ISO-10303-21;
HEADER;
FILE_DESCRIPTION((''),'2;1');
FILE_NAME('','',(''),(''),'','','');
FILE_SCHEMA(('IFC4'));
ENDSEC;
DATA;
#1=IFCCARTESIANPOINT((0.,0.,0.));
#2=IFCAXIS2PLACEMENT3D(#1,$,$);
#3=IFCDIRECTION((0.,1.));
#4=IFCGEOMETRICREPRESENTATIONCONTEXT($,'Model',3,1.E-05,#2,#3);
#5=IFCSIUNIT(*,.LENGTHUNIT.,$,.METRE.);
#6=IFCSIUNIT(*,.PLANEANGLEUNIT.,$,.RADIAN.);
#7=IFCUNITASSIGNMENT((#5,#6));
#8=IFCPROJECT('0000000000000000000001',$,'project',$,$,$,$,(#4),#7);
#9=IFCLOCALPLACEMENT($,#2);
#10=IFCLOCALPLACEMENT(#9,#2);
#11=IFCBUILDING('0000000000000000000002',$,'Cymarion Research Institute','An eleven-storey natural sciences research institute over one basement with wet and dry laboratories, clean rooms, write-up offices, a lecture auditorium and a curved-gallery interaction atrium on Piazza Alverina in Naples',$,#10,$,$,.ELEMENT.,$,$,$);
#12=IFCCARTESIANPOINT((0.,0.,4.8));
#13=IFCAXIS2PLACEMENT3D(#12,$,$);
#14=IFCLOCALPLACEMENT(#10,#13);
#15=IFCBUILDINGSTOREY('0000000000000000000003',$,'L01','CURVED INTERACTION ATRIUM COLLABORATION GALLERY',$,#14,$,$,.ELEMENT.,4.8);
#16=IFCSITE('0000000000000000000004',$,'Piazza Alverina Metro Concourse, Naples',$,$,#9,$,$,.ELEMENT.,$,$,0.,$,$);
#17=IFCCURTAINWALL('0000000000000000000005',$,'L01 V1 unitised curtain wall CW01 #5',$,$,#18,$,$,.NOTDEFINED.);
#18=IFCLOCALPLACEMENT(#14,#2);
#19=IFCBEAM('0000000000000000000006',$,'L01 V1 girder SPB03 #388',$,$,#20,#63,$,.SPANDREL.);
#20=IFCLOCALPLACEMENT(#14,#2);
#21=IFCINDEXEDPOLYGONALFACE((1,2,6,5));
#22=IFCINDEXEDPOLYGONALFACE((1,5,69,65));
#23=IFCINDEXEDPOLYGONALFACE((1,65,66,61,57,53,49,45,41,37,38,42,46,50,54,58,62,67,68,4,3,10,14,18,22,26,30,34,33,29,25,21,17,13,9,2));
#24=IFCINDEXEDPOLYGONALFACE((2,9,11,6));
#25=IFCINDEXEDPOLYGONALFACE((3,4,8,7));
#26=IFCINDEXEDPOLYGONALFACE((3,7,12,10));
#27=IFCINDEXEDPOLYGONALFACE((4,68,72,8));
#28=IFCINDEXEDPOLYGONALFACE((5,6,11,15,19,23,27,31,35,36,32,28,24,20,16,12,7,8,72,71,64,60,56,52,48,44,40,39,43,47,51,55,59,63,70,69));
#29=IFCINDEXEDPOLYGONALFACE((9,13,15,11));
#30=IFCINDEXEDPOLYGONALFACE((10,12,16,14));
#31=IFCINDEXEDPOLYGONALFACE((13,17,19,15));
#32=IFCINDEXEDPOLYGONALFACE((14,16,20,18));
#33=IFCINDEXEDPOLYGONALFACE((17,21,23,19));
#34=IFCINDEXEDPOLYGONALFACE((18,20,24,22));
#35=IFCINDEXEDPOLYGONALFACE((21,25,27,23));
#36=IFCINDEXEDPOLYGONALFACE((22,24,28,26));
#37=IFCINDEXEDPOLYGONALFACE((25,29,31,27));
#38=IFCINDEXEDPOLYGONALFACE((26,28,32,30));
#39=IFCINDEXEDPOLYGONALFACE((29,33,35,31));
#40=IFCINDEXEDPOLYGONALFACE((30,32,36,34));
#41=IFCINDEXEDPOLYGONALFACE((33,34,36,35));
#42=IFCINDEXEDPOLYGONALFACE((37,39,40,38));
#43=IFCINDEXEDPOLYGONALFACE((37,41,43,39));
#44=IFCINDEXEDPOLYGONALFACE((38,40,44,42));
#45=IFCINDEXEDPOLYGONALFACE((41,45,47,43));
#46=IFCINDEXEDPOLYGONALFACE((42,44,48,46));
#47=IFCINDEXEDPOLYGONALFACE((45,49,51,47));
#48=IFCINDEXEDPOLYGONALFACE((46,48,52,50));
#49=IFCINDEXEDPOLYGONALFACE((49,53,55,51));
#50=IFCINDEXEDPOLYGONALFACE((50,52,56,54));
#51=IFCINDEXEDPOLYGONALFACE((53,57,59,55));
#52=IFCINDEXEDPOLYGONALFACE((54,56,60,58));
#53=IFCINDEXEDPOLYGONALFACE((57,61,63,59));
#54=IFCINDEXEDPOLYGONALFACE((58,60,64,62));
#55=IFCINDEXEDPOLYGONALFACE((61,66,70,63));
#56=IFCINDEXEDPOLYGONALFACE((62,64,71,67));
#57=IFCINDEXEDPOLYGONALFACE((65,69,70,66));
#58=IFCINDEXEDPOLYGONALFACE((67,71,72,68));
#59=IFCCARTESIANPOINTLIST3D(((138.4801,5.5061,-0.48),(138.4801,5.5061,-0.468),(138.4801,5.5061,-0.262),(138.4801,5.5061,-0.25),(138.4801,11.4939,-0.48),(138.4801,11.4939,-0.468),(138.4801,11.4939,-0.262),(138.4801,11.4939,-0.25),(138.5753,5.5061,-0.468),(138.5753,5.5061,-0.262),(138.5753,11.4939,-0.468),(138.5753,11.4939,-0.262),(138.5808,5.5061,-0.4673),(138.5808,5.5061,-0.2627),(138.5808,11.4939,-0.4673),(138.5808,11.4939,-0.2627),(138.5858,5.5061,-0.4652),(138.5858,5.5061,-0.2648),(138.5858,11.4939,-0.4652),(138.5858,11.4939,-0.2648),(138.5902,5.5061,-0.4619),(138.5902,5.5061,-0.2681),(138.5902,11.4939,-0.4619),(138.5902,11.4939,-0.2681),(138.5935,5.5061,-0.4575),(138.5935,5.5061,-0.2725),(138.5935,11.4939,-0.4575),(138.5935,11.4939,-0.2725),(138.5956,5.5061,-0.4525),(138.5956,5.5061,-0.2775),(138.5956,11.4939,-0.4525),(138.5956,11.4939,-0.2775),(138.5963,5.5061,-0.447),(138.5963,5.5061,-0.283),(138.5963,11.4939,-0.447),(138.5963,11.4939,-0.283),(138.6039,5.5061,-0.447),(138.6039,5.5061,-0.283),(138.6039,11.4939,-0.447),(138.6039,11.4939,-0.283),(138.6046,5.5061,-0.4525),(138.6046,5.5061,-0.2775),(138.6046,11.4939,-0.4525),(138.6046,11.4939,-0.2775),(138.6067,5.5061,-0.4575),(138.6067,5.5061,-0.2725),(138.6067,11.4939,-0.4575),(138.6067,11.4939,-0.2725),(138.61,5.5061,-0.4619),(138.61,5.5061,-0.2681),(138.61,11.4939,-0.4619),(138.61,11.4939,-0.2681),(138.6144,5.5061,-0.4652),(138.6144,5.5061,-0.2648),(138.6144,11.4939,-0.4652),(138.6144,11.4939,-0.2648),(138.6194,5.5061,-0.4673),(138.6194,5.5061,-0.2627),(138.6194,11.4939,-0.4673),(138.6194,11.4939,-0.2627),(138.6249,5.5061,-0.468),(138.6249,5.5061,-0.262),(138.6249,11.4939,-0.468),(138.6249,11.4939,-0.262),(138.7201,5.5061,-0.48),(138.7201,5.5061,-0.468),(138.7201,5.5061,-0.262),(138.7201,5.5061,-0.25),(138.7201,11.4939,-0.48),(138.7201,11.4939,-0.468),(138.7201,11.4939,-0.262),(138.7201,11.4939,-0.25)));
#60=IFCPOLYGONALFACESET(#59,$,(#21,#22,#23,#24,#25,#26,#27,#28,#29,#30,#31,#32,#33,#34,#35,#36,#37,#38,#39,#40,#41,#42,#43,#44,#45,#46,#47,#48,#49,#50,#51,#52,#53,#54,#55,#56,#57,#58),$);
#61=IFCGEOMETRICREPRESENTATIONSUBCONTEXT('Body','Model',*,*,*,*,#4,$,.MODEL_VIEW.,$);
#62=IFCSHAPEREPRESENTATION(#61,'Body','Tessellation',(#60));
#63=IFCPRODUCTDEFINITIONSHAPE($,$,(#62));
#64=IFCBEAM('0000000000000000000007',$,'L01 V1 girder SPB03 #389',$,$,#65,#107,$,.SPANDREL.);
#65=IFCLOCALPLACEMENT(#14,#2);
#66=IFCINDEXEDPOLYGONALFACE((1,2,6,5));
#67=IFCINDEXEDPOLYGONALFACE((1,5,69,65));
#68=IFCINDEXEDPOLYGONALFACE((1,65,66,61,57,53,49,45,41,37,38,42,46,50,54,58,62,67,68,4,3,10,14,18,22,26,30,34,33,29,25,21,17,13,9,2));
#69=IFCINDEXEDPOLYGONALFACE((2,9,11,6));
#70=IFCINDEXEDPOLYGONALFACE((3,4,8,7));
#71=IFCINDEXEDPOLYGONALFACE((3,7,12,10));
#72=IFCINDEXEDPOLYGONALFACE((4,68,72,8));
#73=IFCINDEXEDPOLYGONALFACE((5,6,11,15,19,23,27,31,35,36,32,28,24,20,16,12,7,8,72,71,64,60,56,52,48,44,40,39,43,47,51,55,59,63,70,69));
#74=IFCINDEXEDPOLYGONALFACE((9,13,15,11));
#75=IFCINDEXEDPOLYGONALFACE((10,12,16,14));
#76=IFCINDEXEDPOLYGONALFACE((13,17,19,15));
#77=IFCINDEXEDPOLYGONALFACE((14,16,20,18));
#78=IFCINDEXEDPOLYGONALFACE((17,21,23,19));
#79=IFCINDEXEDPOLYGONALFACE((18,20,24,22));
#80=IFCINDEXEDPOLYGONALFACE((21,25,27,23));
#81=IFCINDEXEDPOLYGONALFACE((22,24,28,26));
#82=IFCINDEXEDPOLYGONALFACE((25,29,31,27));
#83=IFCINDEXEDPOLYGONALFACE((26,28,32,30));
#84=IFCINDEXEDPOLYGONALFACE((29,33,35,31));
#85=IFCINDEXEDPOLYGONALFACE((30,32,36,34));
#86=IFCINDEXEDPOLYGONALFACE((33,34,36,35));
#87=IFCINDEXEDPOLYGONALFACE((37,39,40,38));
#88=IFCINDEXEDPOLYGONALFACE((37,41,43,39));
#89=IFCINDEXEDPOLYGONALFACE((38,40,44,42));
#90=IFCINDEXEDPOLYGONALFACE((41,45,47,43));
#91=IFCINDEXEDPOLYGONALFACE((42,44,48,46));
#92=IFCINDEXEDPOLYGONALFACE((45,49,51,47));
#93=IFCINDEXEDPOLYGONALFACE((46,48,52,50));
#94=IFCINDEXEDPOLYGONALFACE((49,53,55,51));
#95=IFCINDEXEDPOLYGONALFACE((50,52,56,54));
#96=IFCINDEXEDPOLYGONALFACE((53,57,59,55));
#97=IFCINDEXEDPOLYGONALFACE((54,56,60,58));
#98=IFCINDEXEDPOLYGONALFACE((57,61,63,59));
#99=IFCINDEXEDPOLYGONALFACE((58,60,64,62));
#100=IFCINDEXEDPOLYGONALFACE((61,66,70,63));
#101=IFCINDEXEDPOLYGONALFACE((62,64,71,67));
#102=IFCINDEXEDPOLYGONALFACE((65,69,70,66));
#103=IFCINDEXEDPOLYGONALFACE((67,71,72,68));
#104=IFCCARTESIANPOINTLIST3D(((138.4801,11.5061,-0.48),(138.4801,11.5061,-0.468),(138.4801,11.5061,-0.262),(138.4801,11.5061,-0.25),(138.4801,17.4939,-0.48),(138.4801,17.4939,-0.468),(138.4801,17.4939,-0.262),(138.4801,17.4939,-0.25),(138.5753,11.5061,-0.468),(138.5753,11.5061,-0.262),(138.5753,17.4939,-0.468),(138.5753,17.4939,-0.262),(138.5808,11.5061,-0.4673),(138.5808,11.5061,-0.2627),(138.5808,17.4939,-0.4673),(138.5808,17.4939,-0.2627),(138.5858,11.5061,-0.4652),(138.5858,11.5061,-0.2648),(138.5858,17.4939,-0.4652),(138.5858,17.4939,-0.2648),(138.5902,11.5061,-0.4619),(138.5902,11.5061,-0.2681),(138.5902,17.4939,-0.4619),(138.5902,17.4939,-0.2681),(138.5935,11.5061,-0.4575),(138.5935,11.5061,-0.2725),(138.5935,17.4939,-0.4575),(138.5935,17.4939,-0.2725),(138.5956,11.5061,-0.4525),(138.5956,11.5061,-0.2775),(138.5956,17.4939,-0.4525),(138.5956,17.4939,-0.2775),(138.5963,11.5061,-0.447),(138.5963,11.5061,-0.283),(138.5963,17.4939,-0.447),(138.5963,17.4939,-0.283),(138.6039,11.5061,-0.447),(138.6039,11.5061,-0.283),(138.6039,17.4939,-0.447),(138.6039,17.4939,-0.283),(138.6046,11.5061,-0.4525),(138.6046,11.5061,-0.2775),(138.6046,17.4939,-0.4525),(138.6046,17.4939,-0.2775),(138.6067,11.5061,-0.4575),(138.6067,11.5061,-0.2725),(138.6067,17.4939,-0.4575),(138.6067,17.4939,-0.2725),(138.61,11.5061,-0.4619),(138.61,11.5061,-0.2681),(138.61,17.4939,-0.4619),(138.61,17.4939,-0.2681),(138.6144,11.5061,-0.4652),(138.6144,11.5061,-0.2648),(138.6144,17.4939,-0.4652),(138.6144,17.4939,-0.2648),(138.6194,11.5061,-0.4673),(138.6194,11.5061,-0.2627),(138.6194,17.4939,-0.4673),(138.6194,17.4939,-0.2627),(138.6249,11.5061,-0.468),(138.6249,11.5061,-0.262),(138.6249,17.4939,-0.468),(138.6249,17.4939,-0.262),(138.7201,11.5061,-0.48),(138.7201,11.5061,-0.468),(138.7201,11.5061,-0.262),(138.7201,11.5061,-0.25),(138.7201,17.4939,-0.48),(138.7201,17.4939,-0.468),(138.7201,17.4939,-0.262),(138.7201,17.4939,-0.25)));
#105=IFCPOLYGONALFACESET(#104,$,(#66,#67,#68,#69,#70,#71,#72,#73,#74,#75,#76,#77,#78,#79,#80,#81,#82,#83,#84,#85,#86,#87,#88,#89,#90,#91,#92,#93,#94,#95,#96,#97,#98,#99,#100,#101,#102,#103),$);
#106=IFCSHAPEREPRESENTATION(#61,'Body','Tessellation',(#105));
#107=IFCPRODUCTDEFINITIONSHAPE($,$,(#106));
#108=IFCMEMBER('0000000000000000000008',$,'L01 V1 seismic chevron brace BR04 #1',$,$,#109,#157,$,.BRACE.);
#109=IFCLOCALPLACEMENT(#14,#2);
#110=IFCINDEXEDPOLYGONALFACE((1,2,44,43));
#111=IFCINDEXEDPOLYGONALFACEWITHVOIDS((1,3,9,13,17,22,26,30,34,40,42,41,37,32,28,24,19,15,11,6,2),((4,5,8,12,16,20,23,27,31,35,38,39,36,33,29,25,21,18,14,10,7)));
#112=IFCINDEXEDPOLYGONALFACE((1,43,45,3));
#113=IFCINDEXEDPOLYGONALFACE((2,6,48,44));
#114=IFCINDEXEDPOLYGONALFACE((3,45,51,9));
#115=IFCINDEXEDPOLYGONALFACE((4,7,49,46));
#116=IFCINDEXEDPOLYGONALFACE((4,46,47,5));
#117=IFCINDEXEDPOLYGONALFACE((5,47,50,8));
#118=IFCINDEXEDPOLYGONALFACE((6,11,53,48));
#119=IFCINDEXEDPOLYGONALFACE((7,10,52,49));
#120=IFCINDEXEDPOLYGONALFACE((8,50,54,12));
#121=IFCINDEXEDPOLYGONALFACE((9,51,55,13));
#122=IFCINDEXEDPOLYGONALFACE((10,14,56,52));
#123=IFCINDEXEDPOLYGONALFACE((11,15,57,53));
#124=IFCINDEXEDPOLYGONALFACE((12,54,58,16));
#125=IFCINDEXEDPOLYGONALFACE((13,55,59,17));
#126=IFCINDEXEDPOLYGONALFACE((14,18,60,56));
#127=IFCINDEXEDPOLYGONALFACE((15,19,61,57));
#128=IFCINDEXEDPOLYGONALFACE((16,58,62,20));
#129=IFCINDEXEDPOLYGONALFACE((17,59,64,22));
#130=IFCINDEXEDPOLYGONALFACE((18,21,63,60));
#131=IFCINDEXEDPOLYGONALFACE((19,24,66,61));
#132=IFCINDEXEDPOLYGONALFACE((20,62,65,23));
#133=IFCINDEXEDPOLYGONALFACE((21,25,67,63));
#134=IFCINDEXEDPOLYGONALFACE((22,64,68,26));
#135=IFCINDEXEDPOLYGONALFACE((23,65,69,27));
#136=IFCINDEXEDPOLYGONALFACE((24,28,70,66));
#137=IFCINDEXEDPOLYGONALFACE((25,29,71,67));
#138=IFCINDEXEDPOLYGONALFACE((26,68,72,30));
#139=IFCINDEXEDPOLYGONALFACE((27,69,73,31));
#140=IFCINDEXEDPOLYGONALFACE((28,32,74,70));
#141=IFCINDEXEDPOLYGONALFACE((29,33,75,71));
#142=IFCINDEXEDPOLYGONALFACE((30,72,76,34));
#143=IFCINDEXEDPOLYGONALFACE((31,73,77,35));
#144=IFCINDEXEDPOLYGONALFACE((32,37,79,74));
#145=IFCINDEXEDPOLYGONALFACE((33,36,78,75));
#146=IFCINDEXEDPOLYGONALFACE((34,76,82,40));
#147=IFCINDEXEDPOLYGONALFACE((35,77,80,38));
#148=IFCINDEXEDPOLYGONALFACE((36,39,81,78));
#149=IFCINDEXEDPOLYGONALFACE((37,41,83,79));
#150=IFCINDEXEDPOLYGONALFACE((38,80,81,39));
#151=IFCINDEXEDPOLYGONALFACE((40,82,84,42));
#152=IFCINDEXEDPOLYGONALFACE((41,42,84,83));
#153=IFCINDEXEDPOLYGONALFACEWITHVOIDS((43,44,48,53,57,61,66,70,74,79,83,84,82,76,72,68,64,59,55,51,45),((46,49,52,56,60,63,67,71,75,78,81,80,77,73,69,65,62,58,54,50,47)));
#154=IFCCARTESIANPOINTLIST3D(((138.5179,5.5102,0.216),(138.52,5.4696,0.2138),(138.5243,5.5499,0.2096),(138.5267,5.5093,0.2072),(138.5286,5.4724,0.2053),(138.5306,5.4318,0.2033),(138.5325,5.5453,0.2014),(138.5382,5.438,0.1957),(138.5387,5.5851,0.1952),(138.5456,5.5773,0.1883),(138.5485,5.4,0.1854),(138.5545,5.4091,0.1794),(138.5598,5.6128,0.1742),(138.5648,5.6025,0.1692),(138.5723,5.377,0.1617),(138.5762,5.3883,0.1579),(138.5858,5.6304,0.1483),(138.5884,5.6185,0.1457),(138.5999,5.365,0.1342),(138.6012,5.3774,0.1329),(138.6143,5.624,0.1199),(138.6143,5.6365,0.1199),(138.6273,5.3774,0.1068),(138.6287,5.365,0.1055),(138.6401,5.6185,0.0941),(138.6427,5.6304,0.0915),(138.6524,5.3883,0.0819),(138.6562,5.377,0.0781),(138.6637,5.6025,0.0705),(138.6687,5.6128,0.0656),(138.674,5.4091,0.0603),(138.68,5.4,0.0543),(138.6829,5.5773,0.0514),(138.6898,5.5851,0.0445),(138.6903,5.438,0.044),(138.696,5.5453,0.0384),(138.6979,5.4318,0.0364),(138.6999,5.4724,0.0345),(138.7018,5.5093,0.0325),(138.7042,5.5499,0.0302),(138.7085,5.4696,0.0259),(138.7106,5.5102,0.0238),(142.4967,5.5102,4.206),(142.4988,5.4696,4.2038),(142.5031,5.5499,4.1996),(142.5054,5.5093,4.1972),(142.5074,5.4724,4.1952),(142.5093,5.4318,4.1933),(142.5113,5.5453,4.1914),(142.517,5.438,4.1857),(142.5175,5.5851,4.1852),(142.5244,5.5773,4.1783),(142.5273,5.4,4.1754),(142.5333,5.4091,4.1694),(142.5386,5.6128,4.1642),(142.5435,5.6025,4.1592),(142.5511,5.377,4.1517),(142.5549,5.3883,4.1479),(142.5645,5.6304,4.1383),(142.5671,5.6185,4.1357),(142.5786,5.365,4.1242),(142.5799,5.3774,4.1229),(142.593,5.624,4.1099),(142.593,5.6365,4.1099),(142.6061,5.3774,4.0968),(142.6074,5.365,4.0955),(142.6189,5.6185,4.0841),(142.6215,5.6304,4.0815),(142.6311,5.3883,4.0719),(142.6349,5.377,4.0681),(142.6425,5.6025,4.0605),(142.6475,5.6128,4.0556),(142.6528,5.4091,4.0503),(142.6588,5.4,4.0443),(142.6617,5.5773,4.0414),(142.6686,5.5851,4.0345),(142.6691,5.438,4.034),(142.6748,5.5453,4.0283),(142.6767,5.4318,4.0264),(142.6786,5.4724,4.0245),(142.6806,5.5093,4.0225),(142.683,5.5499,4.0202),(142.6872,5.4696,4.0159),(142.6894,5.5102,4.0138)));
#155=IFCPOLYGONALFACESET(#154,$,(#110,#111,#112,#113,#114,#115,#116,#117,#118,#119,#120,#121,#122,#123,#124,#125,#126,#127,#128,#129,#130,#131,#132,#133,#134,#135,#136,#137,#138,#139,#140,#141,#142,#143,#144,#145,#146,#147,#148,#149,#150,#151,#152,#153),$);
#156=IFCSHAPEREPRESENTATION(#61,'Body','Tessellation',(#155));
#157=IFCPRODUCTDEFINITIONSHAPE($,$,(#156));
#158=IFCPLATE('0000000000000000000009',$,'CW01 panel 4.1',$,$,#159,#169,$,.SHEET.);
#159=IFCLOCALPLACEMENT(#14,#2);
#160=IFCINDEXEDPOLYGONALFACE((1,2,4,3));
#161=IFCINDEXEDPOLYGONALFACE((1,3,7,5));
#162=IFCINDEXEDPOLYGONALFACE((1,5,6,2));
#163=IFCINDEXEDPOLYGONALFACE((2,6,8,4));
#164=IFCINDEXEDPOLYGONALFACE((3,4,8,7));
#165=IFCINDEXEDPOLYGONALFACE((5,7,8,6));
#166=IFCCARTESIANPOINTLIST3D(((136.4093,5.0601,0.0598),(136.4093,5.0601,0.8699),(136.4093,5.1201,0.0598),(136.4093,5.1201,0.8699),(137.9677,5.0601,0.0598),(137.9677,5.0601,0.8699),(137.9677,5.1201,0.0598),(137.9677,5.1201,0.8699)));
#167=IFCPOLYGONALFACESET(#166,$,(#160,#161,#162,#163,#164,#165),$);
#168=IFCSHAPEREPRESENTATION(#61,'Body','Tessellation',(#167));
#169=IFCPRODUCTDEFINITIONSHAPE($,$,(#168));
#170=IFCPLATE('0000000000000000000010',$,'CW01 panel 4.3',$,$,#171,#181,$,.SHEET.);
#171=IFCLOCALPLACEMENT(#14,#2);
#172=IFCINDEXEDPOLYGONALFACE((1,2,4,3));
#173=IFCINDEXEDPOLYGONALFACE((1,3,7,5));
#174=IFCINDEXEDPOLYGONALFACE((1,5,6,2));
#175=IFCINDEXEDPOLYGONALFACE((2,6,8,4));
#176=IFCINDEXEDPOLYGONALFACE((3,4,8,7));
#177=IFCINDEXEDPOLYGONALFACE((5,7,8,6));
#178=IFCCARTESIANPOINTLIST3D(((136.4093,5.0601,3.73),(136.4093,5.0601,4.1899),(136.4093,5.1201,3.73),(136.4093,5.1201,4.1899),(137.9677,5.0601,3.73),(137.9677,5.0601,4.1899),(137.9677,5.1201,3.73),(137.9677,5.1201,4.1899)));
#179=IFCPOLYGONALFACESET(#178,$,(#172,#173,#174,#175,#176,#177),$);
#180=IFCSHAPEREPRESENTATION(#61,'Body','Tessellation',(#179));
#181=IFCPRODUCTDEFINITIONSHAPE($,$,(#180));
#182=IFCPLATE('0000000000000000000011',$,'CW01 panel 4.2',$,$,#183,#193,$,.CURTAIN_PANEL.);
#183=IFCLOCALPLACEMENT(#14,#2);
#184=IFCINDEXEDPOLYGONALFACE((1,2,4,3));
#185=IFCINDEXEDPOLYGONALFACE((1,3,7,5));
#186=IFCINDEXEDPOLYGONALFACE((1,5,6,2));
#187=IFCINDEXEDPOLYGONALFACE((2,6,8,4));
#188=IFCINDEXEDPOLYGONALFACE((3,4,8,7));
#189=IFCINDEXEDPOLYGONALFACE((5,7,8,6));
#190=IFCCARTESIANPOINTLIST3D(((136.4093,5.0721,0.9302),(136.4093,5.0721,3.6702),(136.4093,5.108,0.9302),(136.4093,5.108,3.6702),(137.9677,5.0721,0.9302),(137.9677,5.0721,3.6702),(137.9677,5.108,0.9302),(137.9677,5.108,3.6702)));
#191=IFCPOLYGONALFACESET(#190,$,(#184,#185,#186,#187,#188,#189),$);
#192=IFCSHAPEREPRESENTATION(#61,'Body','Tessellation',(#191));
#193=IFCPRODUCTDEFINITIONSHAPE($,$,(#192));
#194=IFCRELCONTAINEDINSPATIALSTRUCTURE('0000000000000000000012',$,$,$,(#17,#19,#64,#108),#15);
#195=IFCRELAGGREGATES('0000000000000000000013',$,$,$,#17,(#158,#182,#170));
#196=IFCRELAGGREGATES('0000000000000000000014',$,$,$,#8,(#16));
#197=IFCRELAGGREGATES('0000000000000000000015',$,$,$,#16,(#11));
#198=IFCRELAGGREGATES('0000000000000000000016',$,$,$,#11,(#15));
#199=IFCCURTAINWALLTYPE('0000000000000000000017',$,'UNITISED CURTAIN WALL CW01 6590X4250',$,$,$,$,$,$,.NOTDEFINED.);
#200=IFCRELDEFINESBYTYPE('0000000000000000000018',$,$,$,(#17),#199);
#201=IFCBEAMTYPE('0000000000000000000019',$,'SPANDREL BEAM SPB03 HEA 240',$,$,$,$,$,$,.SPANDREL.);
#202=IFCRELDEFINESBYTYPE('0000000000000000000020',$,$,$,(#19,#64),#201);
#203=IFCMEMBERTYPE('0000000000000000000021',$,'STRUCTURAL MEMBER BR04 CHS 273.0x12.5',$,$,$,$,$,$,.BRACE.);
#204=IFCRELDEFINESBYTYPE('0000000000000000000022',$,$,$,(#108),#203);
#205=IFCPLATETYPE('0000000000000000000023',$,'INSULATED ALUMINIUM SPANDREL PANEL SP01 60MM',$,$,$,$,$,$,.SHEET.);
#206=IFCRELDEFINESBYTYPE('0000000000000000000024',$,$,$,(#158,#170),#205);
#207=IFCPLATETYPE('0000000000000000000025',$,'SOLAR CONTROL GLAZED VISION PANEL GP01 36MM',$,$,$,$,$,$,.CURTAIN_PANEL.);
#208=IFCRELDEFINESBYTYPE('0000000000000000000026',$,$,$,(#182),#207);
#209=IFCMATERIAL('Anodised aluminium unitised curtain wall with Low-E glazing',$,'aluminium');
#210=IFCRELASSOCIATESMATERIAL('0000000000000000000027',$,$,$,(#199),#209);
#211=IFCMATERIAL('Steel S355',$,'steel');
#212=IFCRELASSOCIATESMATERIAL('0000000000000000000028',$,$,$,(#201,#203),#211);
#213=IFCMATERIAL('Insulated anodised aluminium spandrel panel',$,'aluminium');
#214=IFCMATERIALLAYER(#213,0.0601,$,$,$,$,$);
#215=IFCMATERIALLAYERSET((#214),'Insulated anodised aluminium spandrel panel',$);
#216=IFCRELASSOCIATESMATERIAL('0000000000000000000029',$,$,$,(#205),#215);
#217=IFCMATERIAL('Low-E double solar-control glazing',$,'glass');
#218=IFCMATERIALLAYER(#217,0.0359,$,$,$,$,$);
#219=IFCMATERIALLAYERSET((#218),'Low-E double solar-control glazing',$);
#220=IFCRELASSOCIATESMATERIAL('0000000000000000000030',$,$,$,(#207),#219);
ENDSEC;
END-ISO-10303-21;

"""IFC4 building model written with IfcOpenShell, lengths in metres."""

from ifc_helpers import new_model, si_unit, direction, frame, origin, origin_2d, place, context, subcontext, project, spatial, rectangle, hollow_circle, i_section, extrude, material, layer, layer_set, material_profile, profile_set, type_object, element, aggregate, save


model = new_model("IFC4")

# Units and contexts
model_context = context("Model", 3, precision=1e-05, world=origin(), true_north=direction((0.0, 1.0)))
body_context = subcontext(model_context, "Body", "Model", "MODEL_VIEW")
ifc_project = project(units=[si_unit("LENGTHUNIT", "METRE"), si_unit("PLANEANGLEUNIT", "RADIAN")], contexts=[model_context])

# Site, building, storey
site_placement = place(None, origin())
site = spatial("IfcSite", under=ifc_project, at=site_placement, Name="Piazza Alverina Metro Concourse, Naples", CompositionType="ELEMENT", RefElevation=0.0)
building_placement = place(site_placement, origin())
building = spatial("IfcBuilding", under=site, at=building_placement, Name="Cymarion Research Institute", Description="An eleven-storey natural sciences research institute over one basement with wet and dry laboratories, clean rooms, write-up offices, a lecture auditorium and a curved-gallery interaction atrium on Piazza Alverina in Naples", CompositionType="ELEMENT")
storey_placement = place(building_placement, frame((0.0, 0.0, 4.8)))
storey = spatial("IfcBuildingStorey", under=building, at=storey_placement, Name="L01", Description="CURVED INTERACTION ATRIUM COLLABORATION GALLERY", CompositionType="ELEMENT", Elevation=4.8)

# Shared definitions
ifc_material_1 = material(Name="Steel S355", Category="steel")

# Curtain wall
ifc_material_2 = material(Name="Anodised aluminium unitised curtain wall with Low-E glazing", Category="aluminium")
curtain_wall_type = type_object("IfcCurtainWallType", Name="UNITISED CURTAIN WALL CW01 6590X4250", PredefinedType="NOTDEFINED", material=ifc_material_2)
curtain_wall_placement = place(storey_placement, origin())
curtain_wall = element("IfcCurtainWall", 1, at=curtain_wall_placement, inside=storey, type_object=curtain_wall_type, Name="L01 V1 unitised curtain wall CW01 #5", PredefinedType="NOTDEFINED")

# Beams
ifc_material_profile_1 = material_profile(ifc_material_1, i_section(OverallWidth=0.24, OverallDepth=0.23, WebThickness=0.0076, FlangeThickness=0.012, FilletRadius=0.021, at=origin_2d()), Name="HEA 240")
ifc_profile_set_1 = profile_set([ifc_material_profile_1], Name="Steel S355")
beam_type_1 = type_object("IfcBeamType", Name="SPANDREL BEAM SPB03 HEA 240", PredefinedType="SPANDREL", material=ifc_profile_set_1)
for number, where, z_axis, x_axis, name in (
    (2, (138.6001, 5.5061, -0.365), (0.0, 1.0, 0.0), (-1.0, 0.0, 0.0), "L01 V1 girder SPB03 #388"),
    (3, (138.6001, 11.5061, -0.365), (0.0, 1.0, 0.0), (-1.0, 0.0, 0.0), "L01 V1 girder SPB03 #389"),
):
    element("IfcBeam", number, at=place(storey_placement, frame(where, z_axis=z_axis, x_axis=x_axis)), inside=storey, type_object=beam_type_1, Name=name, PredefinedType="SPANDREL", context=body_context, shape_type="SweptSolid", body=[
        extrude(i_section(OverallWidth=0.24, OverallDepth=0.23, WebThickness=0.0076, FlangeThickness=0.012, FilletRadius=0.021, at=origin_2d()), origin(), (0.0, 0.0, 1.0), 5.9878),
    ])

# Member
ifc_material_profile_2 = material_profile(ifc_material_1, hollow_circle(Radius=0.1365, WallThickness=0.0125, at=origin_2d()), Name="CHS 273.0x12.5")
ifc_profile_set_2 = profile_set([ifc_material_profile_2], Name="Steel S355")
member_type_1 = type_object("IfcMemberType", Name="STRUCTURAL MEMBER BR04 CHS 273.0x12.5", PredefinedType="BRACE", material=ifc_profile_set_2)
member_1_placement = place(storey_placement, frame((138.6143, 5.5, 0.1199), z_axis=(0.70611, 0.0, 0.708103), x_axis=(0.0, 1.0, 0.0)))
element("IfcMember", 4, at=member_1_placement, inside=storey, type_object=member_type_1, Name="L01 V1 seismic chevron brace BR04 #1", PredefinedType="BRACE", context=body_context, shape_type="SweptSolid", body=[
    extrude(hollow_circle(Radius=0.1365, WallThickness=0.0125, at=origin_2d()), origin(), (0.0, 0.0, 1.0), 5.6348),
])

# Plates
ifc_material_3 = material(Name="Insulated anodised aluminium spandrel panel", Category="aluminium")
ifc_layer_1 = layer(ifc_material_3, 0.0601)
ifc_layer_set_1 = layer_set([ifc_layer_1], Name="Insulated anodised aluminium spandrel panel")
plate_type_1 = type_object("IfcPlateType", Name="INSULATED ALUMINIUM SPANDREL PANEL SP01 60MM", PredefinedType="SHEET", material=ifc_layer_set_1)
plate_1_placement = place(storey_placement, frame((137.1885, 5.0901, 0.0598), z_axis=(0.0, 0.0, 1.0), x_axis=(1.0, 0.0, 0.0)))
plate_1 = element("IfcPlate", 5, at=plate_1_placement, type_object=plate_type_1, Name="CW01 panel 4.1", PredefinedType="SHEET", context=body_context, shape_type="SweptSolid", body=[
    extrude(rectangle(XDim=1.5583, YDim=0.0601, at=origin_2d()), origin(), (0.0, 0.0, 1.0), 0.8101),
])
plate_2_placement = place(storey_placement, frame((137.1885, 5.0901, 3.73), z_axis=(0.0, 0.0, 1.0), x_axis=(1.0, 0.0, 0.0)))
plate_2 = element("IfcPlate", 6, at=plate_2_placement, type_object=plate_type_1, Name="CW01 panel 4.3", PredefinedType="SHEET", context=body_context, shape_type="SweptSolid", body=[
    extrude(rectangle(XDim=1.5583, YDim=0.0601, at=origin_2d()), origin(), (0.0, 0.0, 1.0), 0.46),
])
ifc_material_4 = material(Name="Low-E double solar-control glazing", Category="glass")
ifc_layer_2 = layer(ifc_material_4, 0.0359)
ifc_layer_set_2 = layer_set([ifc_layer_2], Name="Low-E double solar-control glazing")
plate_type_2 = type_object("IfcPlateType", Name="SOLAR CONTROL GLAZED VISION PANEL GP01 36MM", PredefinedType="CURTAIN_PANEL", material=ifc_layer_set_2)
plate_3_placement = place(storey_placement, frame((137.1885, 5.0901, 0.9302), z_axis=(0.0, 0.0, 1.0), x_axis=(1.0, 0.0, 0.0)))
plate_3 = element("IfcPlate", 7, at=plate_3_placement, type_object=plate_type_2, Name="CW01 panel 4.2", PredefinedType="CURTAIN_PANEL", context=body_context, shape_type="SweptSolid", body=[
    extrude(rectangle(XDim=1.5583, YDim=0.0359, at=origin_2d()), origin(), (0.0, 0.0, 1.0), 2.74),
])
aggregate(curtain_wall, [plate_1, plate_3, plate_2])

save(model, "model.ifc")
